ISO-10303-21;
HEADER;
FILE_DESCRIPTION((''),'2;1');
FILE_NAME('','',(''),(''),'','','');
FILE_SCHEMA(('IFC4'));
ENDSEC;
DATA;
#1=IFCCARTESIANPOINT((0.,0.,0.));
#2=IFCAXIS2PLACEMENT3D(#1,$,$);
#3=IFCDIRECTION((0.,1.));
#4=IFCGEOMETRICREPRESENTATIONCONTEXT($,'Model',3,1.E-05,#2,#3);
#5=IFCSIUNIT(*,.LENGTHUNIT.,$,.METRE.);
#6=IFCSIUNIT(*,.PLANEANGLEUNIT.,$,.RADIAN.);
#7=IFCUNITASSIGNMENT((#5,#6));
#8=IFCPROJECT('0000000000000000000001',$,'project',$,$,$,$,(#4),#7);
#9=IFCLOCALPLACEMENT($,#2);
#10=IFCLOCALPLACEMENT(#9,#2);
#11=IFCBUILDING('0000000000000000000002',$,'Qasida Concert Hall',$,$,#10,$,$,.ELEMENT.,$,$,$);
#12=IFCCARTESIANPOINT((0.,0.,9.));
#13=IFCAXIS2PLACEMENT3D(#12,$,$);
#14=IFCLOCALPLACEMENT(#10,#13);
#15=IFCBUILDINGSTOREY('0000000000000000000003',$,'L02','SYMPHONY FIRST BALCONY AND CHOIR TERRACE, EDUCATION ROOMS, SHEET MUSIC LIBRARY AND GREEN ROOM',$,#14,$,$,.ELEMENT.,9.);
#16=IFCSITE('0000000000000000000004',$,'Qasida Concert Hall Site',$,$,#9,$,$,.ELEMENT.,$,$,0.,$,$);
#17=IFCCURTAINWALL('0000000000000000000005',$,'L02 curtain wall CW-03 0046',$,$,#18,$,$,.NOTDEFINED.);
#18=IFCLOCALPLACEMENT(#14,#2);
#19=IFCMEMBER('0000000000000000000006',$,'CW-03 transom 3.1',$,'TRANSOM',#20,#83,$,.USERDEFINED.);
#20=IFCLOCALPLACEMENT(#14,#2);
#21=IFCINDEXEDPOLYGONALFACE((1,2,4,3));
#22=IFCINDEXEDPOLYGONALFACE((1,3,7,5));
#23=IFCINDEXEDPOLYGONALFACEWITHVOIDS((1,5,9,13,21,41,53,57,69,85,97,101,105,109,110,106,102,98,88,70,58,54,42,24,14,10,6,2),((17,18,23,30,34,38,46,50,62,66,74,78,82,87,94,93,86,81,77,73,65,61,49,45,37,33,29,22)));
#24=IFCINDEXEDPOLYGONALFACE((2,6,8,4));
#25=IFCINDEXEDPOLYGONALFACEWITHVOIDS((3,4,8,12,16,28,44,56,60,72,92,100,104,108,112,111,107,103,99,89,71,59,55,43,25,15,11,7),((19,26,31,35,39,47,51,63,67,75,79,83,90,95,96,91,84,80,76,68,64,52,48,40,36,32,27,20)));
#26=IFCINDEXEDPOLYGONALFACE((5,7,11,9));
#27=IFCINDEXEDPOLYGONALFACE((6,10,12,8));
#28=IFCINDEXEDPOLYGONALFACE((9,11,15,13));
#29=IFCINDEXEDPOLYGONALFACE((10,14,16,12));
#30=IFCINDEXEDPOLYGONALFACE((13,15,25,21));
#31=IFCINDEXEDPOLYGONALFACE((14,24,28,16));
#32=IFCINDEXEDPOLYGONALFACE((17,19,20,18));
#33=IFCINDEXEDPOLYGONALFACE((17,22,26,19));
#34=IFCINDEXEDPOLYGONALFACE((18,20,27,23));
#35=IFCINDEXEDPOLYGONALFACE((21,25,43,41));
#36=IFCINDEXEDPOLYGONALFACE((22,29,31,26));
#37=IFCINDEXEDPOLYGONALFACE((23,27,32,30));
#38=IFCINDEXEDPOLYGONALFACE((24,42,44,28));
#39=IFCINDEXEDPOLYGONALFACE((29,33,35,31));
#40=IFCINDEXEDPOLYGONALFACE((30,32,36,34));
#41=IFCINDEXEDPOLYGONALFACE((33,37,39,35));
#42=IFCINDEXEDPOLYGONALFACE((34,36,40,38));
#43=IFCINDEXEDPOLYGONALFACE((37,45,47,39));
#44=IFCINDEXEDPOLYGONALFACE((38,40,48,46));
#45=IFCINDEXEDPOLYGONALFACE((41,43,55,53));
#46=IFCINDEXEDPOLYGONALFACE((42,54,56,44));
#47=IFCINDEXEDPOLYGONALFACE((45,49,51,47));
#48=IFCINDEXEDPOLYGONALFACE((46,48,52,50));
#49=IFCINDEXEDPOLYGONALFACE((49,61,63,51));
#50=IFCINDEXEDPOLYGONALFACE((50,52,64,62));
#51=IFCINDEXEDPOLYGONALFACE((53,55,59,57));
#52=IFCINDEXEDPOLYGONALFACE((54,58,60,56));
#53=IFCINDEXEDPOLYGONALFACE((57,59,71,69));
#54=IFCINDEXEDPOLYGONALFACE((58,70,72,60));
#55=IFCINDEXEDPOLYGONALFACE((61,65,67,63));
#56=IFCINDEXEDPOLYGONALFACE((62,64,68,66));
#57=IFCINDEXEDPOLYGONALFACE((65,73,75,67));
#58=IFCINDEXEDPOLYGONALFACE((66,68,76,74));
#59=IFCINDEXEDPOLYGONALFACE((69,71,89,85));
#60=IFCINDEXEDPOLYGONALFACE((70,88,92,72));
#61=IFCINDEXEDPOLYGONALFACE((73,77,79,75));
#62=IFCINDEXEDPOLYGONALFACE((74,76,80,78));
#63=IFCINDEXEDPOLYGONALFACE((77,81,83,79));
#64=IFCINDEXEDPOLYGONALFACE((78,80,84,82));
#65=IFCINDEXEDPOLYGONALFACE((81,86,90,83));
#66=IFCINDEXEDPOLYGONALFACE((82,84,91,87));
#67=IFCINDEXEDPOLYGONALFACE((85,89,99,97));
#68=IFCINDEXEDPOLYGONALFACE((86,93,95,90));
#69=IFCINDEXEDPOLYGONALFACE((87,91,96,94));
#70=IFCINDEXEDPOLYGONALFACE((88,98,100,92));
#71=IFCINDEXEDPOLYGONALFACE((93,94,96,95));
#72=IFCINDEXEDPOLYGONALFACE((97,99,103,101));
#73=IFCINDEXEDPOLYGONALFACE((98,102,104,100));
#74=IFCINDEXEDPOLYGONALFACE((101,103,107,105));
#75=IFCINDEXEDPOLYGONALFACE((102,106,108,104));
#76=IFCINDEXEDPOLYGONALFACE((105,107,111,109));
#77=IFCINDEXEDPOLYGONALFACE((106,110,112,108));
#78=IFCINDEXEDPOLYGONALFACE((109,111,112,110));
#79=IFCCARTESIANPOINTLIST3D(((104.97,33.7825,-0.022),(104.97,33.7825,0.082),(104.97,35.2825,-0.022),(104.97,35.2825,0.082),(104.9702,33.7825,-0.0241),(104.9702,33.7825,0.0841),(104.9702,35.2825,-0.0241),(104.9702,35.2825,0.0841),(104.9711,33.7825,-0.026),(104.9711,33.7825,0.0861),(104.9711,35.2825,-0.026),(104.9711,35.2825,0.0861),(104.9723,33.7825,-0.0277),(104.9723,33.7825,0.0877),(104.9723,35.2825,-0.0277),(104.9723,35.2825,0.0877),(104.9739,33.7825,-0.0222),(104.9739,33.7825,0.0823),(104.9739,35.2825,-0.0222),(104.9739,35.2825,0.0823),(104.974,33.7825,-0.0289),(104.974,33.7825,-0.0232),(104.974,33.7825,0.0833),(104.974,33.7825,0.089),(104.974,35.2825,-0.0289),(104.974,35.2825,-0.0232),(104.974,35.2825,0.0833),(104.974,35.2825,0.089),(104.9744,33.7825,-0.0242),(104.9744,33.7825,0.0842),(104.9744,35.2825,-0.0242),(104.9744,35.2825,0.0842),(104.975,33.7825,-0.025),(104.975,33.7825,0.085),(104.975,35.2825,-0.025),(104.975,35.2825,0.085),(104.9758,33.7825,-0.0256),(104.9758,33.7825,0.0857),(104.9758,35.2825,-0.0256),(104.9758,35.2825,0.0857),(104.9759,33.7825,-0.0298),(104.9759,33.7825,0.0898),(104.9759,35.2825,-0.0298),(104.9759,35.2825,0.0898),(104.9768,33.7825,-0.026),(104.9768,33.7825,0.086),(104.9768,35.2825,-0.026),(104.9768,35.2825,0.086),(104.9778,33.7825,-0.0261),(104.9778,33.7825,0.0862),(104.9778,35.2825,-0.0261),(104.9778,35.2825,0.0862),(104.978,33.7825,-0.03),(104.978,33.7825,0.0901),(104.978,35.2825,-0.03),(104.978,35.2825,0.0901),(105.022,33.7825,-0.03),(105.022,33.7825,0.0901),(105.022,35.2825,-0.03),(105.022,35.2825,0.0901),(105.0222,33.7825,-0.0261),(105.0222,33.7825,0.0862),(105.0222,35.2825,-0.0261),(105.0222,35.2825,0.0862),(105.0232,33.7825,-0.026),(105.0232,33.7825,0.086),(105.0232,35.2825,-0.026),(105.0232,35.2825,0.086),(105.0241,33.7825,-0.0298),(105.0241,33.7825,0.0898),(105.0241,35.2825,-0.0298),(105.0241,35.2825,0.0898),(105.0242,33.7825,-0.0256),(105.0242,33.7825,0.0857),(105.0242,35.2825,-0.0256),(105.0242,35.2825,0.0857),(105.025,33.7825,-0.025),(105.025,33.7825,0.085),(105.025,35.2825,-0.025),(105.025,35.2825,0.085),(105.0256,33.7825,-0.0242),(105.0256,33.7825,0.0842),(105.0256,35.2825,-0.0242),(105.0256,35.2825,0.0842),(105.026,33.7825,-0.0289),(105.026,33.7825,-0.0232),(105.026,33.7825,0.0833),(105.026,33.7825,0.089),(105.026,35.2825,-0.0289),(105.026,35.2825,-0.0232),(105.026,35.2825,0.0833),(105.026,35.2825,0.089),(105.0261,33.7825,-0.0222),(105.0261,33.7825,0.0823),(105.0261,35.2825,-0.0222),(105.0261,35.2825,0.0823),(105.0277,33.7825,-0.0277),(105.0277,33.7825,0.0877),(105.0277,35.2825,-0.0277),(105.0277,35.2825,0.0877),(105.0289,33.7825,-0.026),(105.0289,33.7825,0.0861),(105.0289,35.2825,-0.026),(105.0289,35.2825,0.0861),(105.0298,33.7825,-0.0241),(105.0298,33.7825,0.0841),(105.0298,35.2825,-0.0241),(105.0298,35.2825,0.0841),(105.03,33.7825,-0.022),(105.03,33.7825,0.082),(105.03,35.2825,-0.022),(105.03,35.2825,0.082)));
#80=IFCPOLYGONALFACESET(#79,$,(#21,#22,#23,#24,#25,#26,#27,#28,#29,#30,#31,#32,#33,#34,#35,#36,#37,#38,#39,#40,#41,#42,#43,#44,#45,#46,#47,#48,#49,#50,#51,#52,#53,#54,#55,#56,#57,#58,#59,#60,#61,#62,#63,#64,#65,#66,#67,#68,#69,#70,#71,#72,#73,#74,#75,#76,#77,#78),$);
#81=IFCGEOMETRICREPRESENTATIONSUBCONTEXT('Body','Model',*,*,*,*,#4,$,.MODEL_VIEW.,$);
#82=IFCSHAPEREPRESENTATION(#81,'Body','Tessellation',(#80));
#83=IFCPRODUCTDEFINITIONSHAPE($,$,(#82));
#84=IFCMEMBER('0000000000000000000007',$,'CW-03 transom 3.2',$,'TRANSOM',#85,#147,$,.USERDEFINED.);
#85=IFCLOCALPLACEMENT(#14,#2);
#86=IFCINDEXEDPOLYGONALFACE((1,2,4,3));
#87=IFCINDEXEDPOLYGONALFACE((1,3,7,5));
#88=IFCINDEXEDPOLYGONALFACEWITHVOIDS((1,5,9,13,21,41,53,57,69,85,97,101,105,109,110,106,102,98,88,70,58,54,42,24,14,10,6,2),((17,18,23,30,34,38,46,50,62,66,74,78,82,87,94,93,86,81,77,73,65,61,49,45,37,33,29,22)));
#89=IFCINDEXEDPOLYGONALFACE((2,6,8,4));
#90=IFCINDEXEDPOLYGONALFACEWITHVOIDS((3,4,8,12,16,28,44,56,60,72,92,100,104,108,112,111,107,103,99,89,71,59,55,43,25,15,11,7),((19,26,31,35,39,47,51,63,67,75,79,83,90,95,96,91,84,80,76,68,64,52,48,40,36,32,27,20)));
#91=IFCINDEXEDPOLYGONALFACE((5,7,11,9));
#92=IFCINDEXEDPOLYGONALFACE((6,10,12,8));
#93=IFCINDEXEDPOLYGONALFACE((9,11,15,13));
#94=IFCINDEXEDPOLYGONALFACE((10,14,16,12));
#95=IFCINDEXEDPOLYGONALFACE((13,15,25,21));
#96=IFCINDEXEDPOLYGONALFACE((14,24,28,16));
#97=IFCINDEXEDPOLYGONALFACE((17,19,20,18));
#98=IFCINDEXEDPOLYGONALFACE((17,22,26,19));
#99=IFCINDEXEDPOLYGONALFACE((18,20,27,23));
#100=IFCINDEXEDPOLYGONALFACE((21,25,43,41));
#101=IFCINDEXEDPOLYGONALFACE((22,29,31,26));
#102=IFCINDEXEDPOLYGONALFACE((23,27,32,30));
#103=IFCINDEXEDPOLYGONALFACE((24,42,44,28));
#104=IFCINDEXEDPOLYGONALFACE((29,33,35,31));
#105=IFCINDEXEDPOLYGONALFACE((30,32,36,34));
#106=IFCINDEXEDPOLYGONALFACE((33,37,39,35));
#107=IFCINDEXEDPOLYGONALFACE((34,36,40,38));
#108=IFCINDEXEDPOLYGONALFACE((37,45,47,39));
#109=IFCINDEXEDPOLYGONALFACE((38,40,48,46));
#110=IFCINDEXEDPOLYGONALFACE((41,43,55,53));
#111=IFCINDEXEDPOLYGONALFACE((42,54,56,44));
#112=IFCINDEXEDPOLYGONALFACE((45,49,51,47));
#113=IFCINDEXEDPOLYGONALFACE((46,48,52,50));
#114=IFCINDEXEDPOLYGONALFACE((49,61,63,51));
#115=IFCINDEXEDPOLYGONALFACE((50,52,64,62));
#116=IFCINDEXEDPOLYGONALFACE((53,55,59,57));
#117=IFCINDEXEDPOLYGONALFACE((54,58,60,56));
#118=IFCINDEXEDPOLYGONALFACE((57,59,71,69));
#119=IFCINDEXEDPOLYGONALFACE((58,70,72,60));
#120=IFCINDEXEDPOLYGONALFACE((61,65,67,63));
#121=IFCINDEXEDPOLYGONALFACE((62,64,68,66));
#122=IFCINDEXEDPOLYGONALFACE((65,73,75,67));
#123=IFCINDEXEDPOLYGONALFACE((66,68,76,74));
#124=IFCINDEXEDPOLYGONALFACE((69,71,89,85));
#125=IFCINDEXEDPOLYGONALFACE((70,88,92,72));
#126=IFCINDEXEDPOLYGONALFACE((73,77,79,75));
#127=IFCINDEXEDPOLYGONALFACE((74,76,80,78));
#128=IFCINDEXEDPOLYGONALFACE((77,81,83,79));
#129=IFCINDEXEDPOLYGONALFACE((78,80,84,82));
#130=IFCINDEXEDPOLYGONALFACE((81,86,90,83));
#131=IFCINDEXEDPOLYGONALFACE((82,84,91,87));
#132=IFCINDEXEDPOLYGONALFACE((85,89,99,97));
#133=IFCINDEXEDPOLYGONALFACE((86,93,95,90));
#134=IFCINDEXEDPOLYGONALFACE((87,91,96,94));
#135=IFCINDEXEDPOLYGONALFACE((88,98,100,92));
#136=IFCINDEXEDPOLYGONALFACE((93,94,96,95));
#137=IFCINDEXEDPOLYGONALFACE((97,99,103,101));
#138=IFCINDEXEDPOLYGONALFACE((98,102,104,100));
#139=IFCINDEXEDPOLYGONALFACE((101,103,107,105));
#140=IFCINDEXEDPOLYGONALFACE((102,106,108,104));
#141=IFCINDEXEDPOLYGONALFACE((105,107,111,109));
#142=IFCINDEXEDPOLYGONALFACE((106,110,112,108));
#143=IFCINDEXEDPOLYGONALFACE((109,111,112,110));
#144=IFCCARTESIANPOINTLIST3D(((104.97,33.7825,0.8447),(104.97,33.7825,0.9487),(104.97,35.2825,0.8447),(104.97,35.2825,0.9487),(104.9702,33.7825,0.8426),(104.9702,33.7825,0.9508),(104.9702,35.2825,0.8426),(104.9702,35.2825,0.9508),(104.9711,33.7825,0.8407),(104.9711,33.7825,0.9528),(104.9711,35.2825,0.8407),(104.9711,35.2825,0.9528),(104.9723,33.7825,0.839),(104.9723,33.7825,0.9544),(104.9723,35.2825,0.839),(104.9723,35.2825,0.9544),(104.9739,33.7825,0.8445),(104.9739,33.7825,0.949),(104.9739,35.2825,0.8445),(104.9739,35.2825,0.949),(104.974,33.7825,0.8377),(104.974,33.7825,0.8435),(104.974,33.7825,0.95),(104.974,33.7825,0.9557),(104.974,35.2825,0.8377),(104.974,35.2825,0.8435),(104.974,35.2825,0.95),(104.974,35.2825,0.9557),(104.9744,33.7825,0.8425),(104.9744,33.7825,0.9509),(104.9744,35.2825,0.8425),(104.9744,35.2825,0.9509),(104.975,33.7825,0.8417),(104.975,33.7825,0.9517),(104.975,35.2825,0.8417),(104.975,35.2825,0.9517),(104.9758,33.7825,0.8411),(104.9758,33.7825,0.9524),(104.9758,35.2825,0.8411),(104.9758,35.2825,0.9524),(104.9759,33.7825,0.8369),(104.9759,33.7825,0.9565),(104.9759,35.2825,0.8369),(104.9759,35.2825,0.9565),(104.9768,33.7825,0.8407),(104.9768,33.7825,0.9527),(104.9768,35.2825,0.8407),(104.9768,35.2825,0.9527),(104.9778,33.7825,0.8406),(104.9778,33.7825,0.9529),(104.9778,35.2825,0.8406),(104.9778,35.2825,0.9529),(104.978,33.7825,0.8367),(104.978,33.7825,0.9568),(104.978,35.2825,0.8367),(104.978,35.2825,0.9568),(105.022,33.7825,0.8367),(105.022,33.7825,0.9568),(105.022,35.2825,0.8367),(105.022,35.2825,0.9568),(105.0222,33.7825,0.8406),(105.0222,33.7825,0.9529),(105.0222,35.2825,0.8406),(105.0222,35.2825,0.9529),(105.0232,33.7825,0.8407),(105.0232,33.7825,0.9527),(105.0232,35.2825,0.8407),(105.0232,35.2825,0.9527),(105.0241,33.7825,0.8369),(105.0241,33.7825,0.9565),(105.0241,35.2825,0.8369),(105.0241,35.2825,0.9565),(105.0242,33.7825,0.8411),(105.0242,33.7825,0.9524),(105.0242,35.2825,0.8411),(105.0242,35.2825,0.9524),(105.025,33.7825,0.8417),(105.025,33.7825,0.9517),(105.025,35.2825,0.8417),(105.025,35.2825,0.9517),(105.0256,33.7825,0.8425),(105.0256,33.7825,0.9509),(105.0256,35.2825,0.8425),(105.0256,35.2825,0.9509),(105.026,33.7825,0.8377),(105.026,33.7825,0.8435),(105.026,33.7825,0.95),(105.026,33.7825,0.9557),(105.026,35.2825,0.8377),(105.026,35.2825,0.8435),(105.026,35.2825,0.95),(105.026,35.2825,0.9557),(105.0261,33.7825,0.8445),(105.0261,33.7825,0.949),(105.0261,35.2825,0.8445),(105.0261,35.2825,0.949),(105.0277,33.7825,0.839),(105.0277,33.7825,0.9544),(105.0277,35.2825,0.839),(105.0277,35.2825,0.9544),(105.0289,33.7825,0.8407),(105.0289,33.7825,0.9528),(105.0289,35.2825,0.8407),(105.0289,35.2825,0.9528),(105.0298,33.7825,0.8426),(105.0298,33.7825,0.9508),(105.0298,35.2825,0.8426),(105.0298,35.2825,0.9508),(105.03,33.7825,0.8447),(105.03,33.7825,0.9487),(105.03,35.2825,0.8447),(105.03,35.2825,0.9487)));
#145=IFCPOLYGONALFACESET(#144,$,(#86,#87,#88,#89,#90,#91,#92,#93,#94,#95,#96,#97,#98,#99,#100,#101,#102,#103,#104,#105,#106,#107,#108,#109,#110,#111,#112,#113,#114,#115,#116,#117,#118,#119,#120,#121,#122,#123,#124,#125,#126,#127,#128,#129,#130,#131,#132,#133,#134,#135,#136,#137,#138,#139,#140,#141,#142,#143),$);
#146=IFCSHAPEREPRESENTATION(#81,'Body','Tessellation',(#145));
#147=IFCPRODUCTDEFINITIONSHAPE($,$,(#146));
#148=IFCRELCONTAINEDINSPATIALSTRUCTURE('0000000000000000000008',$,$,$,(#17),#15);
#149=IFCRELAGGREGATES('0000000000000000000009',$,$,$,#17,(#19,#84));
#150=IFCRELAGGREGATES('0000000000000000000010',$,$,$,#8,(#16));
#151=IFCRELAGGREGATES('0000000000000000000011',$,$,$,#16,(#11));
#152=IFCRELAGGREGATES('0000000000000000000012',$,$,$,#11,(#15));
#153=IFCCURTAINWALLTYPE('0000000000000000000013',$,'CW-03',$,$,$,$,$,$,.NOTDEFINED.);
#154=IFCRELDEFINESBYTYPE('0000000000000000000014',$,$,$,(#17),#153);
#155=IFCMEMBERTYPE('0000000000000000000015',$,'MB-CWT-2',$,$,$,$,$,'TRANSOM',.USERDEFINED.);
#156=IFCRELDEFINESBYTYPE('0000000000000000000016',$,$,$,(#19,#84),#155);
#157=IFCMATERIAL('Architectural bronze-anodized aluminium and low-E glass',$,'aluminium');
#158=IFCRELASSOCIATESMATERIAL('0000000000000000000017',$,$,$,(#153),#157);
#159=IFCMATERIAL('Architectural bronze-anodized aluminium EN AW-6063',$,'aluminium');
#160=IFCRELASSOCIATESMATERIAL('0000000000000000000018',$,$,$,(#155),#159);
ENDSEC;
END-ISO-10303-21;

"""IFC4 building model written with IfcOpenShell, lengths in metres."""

from ifc_helpers import new_model, si_unit, direction, frame, origin, origin_2d, place, context, subcontext, project, spatial, hollow_rectangle, extrude, material, material_profile, profile_set, type_object, element, aggregate, save


model = new_model("IFC4")

# Units and contexts
model_context = context("Model", 3, precision=1e-05, world=origin(), true_north=direction((0.0, 1.0)))
body_context = subcontext(model_context, "Body", "Model", "MODEL_VIEW")
ifc_project = project(units=[si_unit("LENGTHUNIT", "METRE"), si_unit("PLANEANGLEUNIT", "RADIAN")], contexts=[model_context])

# Site, building, storey
site_placement = place(None, origin())
site = spatial("IfcSite", under=ifc_project, at=site_placement, Name="Qasida Concert Hall Site", CompositionType="ELEMENT", RefElevation=0.0)
building_placement = place(site_placement, origin())
building = spatial("IfcBuilding", under=site, at=building_placement, Name="Qasida Concert Hall", CompositionType="ELEMENT")
storey_placement = place(building_placement, frame((0.0, 0.0, 9.0)))
storey = spatial("IfcBuildingStorey", under=building, at=storey_placement, Name="L02", Description="SYMPHONY FIRST BALCONY AND CHOIR TERRACE, EDUCATION ROOMS, SHEET MUSIC LIBRARY AND GREEN ROOM", CompositionType="ELEMENT", Elevation=9.0)

# Curtain wall, members
ifc_material_1 = material(Name="Architectural bronze-anodized aluminium and low-E glass", Category="aluminium")
curtain_wall_type = type_object("IfcCurtainWallType", Name="CW-03", PredefinedType="NOTDEFINED", material=ifc_material_1)
curtain_wall_placement = place(storey_placement, origin())
curtain_wall = element("IfcCurtainWall", 1, at=curtain_wall_placement, inside=storey, type_object=curtain_wall_type, Name="L02 curtain wall CW-03 0046", PredefinedType="NOTDEFINED")
ifc_material_2 = material(Name="Architectural bronze-anodized aluminium EN AW-6063", Category="aluminium")
ifc_material_profile_1 = material_profile(ifc_material_2, hollow_rectangle(XDim=0.0601, YDim=0.1201, WallThickness=0.0039, InnerFilletRadius=0.0039, OuterFilletRadius=0.0081, at=origin_2d()), Name="CWT 120x60x4")
ifc_profile_set_1 = profile_set([ifc_material_profile_1], Name="Architectural bronze-anodized aluminium EN AW-6063")
member_type_1 = type_object("IfcMemberType", Name="MB-CWT-2", ElementType="TRANSOM", PredefinedType="USERDEFINED", material=ifc_profile_set_1)
member_1_placement = place(storey_placement, frame((105.0, 33.7825, 0.03), z_axis=(0.0, 1.0, 0.0), x_axis=(-1.0, 0.0, 0.0)))
member_1 = element("IfcMember", 2, at=member_1_placement, type_object=member_type_1, Name="CW-03 transom 3.1", ObjectType="TRANSOM", PredefinedType="USERDEFINED", context=body_context, shape_type="SweptSolid", body=[
    extrude(hollow_rectangle(XDim=0.0601, YDim=0.1201, WallThickness=0.0039, InnerFilletRadius=0.0039, OuterFilletRadius=0.0081, at=origin_2d()), origin(), (0.0, 0.0, 1.0), 1.5),
])
member_2_placement = place(storey_placement, frame((105.0, 33.7825, 0.8967), z_axis=(0.0, 1.0, 0.0), x_axis=(-1.0, 0.0, 0.0)))
member_2 = element("IfcMember", 3, at=member_2_placement, type_object=member_type_1, Name="CW-03 transom 3.2", ObjectType="TRANSOM", PredefinedType="USERDEFINED", context=body_context, shape_type="SweptSolid", body=[
    extrude(hollow_rectangle(XDim=0.0601, YDim=0.1201, WallThickness=0.0039, InnerFilletRadius=0.0039, OuterFilletRadius=0.0081, at=origin_2d()), origin(), (0.0, 0.0, 1.0), 1.5),
])
aggregate(curtain_wall, [member_1, member_2])

save(model, "model.ifc")
